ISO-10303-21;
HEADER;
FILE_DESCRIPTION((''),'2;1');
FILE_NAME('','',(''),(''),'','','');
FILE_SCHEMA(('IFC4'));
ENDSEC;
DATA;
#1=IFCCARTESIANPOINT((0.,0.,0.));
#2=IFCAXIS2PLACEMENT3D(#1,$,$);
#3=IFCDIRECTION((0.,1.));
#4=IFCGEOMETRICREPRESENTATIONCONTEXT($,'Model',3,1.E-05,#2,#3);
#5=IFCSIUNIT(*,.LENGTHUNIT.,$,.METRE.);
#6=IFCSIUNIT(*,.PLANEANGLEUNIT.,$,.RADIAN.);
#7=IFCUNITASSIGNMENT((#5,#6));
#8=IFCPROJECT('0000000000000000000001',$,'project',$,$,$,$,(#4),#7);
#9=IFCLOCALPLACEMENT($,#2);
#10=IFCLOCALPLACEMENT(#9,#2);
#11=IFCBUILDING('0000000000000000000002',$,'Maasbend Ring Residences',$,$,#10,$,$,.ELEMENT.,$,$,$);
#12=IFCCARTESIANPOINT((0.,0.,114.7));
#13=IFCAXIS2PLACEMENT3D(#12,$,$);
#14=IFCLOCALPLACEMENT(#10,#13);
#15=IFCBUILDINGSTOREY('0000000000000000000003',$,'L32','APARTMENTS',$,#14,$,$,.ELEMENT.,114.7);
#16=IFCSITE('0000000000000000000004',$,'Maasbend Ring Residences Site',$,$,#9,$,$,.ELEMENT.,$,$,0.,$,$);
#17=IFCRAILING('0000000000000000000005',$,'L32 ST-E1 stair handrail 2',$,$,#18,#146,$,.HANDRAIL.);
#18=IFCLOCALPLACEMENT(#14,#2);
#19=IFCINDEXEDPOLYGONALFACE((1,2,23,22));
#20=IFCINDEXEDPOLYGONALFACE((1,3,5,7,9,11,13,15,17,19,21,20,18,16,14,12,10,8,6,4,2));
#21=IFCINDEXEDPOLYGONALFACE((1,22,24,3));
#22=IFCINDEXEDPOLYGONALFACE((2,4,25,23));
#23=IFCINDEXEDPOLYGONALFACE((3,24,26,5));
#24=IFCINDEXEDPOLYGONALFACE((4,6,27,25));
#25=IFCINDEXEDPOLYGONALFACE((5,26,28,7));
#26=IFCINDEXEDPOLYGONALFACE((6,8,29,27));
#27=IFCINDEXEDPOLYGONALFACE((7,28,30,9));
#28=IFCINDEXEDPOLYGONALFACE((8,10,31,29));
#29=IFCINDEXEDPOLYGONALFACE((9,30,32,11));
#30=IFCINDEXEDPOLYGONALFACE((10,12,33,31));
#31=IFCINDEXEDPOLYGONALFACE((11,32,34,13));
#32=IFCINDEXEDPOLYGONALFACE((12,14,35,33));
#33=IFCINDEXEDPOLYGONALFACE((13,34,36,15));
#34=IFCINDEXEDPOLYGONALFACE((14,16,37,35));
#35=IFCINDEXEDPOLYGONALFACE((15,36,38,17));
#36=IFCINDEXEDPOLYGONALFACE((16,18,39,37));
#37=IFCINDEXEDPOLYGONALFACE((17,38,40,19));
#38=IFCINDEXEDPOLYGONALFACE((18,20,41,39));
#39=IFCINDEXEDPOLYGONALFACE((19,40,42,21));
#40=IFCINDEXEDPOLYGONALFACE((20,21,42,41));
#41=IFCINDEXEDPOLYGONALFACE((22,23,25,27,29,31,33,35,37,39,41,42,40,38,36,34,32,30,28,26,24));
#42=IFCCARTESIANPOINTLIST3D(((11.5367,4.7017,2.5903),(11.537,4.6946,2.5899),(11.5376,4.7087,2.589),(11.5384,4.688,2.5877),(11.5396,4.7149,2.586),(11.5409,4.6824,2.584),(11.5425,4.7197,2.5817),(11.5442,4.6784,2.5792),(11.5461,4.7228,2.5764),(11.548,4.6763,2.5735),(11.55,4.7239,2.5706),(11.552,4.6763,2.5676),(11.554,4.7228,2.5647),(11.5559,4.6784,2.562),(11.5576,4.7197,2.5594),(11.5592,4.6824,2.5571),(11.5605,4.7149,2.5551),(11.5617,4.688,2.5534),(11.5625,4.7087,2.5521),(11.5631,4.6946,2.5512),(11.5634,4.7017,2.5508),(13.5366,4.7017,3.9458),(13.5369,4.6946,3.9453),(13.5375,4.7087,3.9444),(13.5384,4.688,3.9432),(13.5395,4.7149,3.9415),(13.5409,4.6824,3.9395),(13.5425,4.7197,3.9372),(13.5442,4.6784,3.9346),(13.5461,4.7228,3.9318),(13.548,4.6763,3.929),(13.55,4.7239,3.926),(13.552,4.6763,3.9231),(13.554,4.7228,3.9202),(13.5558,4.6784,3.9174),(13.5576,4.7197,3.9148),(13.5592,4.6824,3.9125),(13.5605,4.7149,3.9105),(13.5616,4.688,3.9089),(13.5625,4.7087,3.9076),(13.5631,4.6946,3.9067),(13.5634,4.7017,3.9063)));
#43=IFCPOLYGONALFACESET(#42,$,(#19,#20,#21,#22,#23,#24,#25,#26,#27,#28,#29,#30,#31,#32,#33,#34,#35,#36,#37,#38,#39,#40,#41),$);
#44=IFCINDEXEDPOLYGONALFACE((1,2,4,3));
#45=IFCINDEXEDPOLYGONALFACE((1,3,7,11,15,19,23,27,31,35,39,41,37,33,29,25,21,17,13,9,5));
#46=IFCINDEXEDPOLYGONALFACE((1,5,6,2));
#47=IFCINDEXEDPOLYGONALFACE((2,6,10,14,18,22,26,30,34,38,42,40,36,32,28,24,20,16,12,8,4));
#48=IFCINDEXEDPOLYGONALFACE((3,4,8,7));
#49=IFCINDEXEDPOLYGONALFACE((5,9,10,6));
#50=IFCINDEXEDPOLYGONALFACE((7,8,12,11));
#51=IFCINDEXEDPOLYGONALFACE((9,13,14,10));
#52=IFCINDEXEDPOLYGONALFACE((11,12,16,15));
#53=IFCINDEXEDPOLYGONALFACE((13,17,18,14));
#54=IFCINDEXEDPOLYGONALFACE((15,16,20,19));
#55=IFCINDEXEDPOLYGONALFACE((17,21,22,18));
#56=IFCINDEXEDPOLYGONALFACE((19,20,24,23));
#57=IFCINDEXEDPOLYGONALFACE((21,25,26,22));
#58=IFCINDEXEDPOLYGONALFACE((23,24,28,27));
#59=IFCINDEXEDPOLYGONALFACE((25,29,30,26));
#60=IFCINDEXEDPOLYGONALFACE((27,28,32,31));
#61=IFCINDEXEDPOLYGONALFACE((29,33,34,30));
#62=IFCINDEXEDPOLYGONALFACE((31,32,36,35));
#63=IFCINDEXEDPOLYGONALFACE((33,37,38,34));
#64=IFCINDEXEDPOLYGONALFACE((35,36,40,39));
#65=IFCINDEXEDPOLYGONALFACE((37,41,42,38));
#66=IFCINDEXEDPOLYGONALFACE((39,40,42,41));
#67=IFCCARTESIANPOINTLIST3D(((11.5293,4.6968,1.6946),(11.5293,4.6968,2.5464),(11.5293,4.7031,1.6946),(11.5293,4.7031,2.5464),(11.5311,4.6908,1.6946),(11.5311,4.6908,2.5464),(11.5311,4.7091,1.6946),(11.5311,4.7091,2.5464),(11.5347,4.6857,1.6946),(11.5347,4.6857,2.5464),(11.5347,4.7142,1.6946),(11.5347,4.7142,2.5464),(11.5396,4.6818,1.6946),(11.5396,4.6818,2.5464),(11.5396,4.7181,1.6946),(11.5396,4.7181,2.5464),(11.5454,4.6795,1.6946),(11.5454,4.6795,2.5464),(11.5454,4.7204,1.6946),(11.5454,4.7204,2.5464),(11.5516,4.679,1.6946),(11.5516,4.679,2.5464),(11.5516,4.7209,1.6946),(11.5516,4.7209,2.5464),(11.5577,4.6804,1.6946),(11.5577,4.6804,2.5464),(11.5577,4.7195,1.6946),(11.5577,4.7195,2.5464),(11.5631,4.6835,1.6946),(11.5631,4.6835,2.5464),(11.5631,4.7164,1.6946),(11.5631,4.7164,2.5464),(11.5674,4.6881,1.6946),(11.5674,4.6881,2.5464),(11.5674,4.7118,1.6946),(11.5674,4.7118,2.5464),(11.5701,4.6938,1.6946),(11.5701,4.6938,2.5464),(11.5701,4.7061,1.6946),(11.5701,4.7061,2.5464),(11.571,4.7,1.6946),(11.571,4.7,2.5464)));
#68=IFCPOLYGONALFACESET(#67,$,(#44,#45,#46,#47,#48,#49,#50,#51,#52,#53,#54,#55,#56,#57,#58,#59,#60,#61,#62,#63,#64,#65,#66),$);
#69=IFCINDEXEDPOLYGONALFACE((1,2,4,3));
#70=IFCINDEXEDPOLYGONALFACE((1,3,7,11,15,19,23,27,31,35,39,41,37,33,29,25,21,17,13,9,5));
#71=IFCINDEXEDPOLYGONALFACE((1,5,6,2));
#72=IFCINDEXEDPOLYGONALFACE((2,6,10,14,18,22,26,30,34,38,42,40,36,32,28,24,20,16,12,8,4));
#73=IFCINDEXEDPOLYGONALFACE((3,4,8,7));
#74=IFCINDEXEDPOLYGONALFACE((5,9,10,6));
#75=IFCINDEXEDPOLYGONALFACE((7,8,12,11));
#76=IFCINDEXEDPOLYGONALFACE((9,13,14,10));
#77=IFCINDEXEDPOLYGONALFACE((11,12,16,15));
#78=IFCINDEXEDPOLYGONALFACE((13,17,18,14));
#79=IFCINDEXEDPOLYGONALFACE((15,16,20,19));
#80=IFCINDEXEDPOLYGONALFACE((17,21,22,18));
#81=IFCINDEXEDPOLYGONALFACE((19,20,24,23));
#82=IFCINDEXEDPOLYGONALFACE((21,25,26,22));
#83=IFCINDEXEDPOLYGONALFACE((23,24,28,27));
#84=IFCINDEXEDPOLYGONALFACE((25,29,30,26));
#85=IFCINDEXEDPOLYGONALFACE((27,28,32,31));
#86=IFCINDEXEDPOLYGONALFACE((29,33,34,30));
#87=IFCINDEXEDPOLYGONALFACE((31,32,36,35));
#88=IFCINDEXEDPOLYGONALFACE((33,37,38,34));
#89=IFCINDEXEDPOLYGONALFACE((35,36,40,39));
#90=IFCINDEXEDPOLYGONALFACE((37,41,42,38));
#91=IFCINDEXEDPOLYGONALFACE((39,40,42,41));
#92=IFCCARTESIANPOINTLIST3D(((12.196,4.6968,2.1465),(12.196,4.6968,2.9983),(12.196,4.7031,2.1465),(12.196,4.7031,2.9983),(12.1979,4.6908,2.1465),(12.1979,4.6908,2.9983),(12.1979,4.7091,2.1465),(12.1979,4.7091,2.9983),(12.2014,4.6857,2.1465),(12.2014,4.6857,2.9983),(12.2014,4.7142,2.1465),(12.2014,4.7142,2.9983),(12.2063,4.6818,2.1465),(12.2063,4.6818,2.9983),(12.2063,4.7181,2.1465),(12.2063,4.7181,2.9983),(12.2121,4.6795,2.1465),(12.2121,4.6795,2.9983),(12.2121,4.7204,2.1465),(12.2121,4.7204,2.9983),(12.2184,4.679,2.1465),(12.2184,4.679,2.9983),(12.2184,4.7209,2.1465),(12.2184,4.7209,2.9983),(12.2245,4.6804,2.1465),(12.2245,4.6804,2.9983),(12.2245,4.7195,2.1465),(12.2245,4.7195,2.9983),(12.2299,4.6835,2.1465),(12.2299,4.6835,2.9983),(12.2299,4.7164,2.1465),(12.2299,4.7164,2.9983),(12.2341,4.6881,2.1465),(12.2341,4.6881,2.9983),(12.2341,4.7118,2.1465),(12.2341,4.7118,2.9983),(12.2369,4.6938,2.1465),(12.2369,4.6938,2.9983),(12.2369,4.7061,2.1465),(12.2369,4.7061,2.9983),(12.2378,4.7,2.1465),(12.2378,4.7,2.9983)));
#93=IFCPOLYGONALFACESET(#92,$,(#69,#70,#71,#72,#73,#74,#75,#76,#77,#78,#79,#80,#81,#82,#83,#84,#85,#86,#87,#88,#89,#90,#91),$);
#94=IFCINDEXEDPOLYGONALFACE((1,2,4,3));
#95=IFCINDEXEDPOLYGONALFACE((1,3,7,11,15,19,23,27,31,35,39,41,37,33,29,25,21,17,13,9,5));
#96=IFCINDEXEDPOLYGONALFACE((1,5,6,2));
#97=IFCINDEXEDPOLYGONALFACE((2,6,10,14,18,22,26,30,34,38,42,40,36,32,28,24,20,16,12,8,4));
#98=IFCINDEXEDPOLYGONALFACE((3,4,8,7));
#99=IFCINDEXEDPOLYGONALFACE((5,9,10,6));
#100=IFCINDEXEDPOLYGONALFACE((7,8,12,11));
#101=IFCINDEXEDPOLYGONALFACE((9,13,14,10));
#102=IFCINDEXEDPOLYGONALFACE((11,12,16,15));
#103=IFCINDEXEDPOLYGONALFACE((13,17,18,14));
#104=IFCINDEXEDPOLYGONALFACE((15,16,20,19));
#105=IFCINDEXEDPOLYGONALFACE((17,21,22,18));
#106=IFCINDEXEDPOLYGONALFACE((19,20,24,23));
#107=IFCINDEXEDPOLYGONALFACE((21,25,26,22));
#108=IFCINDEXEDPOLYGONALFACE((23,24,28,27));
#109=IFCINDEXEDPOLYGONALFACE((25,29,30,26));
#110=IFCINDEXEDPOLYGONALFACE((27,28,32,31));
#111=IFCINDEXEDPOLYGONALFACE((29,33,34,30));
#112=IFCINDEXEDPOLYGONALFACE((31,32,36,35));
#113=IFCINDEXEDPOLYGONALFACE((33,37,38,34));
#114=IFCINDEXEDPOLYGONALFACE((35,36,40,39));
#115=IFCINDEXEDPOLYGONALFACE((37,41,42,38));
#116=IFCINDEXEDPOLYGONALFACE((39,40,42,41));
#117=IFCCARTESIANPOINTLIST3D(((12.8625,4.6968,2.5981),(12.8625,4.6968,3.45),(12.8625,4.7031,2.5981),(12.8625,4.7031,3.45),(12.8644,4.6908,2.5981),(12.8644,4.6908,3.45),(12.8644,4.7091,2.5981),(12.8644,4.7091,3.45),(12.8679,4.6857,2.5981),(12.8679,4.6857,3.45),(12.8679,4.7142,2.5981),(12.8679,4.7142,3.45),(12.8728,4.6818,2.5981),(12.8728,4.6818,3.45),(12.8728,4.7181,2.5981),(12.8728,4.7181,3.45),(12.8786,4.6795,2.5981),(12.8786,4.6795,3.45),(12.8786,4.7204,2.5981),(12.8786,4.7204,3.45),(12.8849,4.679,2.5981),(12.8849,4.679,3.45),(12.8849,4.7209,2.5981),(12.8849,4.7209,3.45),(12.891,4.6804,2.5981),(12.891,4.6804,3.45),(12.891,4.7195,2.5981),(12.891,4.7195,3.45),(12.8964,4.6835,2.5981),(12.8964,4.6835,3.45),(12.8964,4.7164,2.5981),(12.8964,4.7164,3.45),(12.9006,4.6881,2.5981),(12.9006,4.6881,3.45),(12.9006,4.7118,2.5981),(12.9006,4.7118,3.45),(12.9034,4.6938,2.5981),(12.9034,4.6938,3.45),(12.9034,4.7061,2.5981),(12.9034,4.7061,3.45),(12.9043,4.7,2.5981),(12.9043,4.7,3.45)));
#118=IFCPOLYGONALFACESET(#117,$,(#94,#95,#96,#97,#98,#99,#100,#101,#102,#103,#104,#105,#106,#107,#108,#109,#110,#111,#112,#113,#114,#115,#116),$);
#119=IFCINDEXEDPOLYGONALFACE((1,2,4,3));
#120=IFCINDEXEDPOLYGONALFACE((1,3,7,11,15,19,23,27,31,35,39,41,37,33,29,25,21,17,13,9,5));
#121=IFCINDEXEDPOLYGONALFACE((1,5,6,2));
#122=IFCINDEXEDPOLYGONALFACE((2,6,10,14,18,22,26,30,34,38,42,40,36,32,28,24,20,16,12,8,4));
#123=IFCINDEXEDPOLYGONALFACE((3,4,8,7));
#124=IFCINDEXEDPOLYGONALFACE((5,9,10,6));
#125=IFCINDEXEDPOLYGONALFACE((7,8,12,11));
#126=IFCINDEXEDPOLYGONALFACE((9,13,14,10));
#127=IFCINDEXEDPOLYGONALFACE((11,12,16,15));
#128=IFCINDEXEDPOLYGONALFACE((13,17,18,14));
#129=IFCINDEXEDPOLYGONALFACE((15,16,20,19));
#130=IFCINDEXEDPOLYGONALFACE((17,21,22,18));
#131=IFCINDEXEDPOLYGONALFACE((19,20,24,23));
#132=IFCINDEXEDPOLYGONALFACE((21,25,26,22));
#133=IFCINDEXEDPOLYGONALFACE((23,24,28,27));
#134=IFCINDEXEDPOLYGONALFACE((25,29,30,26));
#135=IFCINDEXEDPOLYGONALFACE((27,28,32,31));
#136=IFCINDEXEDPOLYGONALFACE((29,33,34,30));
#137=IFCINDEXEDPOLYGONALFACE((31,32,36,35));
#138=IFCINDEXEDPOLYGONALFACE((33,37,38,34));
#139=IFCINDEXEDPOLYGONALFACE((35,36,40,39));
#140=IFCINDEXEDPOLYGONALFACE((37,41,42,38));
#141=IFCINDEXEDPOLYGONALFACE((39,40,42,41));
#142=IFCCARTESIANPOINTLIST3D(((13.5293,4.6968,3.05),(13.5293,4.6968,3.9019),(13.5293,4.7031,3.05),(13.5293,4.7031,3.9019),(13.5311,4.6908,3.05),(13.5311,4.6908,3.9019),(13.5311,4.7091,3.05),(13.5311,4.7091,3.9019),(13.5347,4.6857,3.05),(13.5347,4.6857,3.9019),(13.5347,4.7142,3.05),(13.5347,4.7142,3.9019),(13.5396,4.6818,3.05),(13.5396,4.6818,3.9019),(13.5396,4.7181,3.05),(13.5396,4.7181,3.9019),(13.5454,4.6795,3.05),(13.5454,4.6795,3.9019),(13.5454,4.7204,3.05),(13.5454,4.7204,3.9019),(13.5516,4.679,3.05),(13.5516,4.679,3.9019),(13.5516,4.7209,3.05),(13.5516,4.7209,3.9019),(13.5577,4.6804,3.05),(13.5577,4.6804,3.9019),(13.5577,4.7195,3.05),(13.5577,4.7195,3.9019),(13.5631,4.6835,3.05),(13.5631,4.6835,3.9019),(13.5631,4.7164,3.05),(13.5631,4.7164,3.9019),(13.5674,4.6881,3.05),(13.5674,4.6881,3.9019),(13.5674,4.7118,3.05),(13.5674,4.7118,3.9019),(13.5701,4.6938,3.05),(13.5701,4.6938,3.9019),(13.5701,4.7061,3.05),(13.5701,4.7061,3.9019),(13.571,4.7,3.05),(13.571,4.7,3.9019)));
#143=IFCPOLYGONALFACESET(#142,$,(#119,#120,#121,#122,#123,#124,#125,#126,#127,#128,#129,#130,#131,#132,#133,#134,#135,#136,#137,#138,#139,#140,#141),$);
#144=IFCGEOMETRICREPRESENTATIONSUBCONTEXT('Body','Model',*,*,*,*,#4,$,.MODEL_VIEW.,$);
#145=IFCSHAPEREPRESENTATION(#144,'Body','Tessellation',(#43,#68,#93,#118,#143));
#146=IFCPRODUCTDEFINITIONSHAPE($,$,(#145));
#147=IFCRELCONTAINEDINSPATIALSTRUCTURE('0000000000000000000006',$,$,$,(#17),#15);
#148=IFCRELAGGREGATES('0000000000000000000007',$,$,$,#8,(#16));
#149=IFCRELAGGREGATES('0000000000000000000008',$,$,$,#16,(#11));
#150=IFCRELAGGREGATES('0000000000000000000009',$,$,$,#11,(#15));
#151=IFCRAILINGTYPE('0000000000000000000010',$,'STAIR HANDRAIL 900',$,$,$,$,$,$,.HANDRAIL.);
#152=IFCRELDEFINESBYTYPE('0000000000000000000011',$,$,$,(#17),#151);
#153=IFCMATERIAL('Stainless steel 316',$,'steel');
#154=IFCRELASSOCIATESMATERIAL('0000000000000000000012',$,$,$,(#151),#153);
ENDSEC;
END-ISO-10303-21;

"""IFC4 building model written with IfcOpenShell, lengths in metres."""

from ifc_helpers import new_model, si_unit, direction, frame, origin, origin_2d, place, context, subcontext, project, spatial, circle, extrude, material, type_object, element, save


model = new_model("IFC4")

# Units and contexts
model_context = context("Model", 3, precision=1e-05, world=origin(), true_north=direction((0.0, 1.0)))
body_context = subcontext(model_context, "Body", "Model", "MODEL_VIEW")
ifc_project = project(units=[si_unit("LENGTHUNIT", "METRE"), si_unit("PLANEANGLEUNIT", "RADIAN")], contexts=[model_context])

# Site, building, storey
site_placement = place(None, origin())
site = spatial("IfcSite", under=ifc_project, at=site_placement, Name="Maasbend Ring Residences Site", CompositionType="ELEMENT", RefElevation=0.0)
building_placement = place(site_placement, origin())
building = spatial("IfcBuilding", under=site, at=building_placement, Name="Maasbend Ring Residences", CompositionType="ELEMENT")
storey_placement = place(building_placement, frame((0.0, 0.0, 114.7)))
storey = spatial("IfcBuildingStorey", under=building, at=storey_placement, Name="L32", Description="APARTMENTS", CompositionType="ELEMENT", Elevation=114.7)

# Railing
ifc_material_1 = material(Name="Stainless steel 316", Category="steel")
railing_type_1 = type_object("IfcRailingType", Name="STAIR HANDRAIL 900", PredefinedType="HANDRAIL", material=ifc_material_1)
railing_1_placement = place(storey_placement, frame((11.55, 4.7, 1.6946)))
element("IfcRailing", 1, at=railing_1_placement, inside=storey, type_object=railing_type_1, Name="L32 ST-E1 stair handrail 2", PredefinedType="HANDRAIL", context=body_context, shape_type="SweptSolid", body=[
    extrude(circle(Radius=0.0239, at=origin_2d()), frame((0.0, 0.0, 0.876), z_axis=(0.827798, 0.0, 0.561027), x_axis=(0.0, 1.0, 0.0)), (0.0, 0.0, 1.0), 2.416),
    extrude(circle(Radius=0.021, at=origin_2d()), origin(), (0.0, 0.0, 1.0), 0.8518),
    extrude(circle(Radius=0.021, at=origin_2d()), frame((0.6667, 0.0, 0.4519)), (0.0, 0.0, 1.0), 0.8518),
    extrude(circle(Radius=0.021, at=origin_2d()), frame((1.3333, 0.0, 0.9036)), (0.0, 0.0, 1.0), 0.8518),
    extrude(circle(Radius=0.021, at=origin_2d()), frame((2.0, 0.0, 1.3555)), (0.0, 0.0, 1.0), 0.8518),
])

save(model, "model.ifc")
